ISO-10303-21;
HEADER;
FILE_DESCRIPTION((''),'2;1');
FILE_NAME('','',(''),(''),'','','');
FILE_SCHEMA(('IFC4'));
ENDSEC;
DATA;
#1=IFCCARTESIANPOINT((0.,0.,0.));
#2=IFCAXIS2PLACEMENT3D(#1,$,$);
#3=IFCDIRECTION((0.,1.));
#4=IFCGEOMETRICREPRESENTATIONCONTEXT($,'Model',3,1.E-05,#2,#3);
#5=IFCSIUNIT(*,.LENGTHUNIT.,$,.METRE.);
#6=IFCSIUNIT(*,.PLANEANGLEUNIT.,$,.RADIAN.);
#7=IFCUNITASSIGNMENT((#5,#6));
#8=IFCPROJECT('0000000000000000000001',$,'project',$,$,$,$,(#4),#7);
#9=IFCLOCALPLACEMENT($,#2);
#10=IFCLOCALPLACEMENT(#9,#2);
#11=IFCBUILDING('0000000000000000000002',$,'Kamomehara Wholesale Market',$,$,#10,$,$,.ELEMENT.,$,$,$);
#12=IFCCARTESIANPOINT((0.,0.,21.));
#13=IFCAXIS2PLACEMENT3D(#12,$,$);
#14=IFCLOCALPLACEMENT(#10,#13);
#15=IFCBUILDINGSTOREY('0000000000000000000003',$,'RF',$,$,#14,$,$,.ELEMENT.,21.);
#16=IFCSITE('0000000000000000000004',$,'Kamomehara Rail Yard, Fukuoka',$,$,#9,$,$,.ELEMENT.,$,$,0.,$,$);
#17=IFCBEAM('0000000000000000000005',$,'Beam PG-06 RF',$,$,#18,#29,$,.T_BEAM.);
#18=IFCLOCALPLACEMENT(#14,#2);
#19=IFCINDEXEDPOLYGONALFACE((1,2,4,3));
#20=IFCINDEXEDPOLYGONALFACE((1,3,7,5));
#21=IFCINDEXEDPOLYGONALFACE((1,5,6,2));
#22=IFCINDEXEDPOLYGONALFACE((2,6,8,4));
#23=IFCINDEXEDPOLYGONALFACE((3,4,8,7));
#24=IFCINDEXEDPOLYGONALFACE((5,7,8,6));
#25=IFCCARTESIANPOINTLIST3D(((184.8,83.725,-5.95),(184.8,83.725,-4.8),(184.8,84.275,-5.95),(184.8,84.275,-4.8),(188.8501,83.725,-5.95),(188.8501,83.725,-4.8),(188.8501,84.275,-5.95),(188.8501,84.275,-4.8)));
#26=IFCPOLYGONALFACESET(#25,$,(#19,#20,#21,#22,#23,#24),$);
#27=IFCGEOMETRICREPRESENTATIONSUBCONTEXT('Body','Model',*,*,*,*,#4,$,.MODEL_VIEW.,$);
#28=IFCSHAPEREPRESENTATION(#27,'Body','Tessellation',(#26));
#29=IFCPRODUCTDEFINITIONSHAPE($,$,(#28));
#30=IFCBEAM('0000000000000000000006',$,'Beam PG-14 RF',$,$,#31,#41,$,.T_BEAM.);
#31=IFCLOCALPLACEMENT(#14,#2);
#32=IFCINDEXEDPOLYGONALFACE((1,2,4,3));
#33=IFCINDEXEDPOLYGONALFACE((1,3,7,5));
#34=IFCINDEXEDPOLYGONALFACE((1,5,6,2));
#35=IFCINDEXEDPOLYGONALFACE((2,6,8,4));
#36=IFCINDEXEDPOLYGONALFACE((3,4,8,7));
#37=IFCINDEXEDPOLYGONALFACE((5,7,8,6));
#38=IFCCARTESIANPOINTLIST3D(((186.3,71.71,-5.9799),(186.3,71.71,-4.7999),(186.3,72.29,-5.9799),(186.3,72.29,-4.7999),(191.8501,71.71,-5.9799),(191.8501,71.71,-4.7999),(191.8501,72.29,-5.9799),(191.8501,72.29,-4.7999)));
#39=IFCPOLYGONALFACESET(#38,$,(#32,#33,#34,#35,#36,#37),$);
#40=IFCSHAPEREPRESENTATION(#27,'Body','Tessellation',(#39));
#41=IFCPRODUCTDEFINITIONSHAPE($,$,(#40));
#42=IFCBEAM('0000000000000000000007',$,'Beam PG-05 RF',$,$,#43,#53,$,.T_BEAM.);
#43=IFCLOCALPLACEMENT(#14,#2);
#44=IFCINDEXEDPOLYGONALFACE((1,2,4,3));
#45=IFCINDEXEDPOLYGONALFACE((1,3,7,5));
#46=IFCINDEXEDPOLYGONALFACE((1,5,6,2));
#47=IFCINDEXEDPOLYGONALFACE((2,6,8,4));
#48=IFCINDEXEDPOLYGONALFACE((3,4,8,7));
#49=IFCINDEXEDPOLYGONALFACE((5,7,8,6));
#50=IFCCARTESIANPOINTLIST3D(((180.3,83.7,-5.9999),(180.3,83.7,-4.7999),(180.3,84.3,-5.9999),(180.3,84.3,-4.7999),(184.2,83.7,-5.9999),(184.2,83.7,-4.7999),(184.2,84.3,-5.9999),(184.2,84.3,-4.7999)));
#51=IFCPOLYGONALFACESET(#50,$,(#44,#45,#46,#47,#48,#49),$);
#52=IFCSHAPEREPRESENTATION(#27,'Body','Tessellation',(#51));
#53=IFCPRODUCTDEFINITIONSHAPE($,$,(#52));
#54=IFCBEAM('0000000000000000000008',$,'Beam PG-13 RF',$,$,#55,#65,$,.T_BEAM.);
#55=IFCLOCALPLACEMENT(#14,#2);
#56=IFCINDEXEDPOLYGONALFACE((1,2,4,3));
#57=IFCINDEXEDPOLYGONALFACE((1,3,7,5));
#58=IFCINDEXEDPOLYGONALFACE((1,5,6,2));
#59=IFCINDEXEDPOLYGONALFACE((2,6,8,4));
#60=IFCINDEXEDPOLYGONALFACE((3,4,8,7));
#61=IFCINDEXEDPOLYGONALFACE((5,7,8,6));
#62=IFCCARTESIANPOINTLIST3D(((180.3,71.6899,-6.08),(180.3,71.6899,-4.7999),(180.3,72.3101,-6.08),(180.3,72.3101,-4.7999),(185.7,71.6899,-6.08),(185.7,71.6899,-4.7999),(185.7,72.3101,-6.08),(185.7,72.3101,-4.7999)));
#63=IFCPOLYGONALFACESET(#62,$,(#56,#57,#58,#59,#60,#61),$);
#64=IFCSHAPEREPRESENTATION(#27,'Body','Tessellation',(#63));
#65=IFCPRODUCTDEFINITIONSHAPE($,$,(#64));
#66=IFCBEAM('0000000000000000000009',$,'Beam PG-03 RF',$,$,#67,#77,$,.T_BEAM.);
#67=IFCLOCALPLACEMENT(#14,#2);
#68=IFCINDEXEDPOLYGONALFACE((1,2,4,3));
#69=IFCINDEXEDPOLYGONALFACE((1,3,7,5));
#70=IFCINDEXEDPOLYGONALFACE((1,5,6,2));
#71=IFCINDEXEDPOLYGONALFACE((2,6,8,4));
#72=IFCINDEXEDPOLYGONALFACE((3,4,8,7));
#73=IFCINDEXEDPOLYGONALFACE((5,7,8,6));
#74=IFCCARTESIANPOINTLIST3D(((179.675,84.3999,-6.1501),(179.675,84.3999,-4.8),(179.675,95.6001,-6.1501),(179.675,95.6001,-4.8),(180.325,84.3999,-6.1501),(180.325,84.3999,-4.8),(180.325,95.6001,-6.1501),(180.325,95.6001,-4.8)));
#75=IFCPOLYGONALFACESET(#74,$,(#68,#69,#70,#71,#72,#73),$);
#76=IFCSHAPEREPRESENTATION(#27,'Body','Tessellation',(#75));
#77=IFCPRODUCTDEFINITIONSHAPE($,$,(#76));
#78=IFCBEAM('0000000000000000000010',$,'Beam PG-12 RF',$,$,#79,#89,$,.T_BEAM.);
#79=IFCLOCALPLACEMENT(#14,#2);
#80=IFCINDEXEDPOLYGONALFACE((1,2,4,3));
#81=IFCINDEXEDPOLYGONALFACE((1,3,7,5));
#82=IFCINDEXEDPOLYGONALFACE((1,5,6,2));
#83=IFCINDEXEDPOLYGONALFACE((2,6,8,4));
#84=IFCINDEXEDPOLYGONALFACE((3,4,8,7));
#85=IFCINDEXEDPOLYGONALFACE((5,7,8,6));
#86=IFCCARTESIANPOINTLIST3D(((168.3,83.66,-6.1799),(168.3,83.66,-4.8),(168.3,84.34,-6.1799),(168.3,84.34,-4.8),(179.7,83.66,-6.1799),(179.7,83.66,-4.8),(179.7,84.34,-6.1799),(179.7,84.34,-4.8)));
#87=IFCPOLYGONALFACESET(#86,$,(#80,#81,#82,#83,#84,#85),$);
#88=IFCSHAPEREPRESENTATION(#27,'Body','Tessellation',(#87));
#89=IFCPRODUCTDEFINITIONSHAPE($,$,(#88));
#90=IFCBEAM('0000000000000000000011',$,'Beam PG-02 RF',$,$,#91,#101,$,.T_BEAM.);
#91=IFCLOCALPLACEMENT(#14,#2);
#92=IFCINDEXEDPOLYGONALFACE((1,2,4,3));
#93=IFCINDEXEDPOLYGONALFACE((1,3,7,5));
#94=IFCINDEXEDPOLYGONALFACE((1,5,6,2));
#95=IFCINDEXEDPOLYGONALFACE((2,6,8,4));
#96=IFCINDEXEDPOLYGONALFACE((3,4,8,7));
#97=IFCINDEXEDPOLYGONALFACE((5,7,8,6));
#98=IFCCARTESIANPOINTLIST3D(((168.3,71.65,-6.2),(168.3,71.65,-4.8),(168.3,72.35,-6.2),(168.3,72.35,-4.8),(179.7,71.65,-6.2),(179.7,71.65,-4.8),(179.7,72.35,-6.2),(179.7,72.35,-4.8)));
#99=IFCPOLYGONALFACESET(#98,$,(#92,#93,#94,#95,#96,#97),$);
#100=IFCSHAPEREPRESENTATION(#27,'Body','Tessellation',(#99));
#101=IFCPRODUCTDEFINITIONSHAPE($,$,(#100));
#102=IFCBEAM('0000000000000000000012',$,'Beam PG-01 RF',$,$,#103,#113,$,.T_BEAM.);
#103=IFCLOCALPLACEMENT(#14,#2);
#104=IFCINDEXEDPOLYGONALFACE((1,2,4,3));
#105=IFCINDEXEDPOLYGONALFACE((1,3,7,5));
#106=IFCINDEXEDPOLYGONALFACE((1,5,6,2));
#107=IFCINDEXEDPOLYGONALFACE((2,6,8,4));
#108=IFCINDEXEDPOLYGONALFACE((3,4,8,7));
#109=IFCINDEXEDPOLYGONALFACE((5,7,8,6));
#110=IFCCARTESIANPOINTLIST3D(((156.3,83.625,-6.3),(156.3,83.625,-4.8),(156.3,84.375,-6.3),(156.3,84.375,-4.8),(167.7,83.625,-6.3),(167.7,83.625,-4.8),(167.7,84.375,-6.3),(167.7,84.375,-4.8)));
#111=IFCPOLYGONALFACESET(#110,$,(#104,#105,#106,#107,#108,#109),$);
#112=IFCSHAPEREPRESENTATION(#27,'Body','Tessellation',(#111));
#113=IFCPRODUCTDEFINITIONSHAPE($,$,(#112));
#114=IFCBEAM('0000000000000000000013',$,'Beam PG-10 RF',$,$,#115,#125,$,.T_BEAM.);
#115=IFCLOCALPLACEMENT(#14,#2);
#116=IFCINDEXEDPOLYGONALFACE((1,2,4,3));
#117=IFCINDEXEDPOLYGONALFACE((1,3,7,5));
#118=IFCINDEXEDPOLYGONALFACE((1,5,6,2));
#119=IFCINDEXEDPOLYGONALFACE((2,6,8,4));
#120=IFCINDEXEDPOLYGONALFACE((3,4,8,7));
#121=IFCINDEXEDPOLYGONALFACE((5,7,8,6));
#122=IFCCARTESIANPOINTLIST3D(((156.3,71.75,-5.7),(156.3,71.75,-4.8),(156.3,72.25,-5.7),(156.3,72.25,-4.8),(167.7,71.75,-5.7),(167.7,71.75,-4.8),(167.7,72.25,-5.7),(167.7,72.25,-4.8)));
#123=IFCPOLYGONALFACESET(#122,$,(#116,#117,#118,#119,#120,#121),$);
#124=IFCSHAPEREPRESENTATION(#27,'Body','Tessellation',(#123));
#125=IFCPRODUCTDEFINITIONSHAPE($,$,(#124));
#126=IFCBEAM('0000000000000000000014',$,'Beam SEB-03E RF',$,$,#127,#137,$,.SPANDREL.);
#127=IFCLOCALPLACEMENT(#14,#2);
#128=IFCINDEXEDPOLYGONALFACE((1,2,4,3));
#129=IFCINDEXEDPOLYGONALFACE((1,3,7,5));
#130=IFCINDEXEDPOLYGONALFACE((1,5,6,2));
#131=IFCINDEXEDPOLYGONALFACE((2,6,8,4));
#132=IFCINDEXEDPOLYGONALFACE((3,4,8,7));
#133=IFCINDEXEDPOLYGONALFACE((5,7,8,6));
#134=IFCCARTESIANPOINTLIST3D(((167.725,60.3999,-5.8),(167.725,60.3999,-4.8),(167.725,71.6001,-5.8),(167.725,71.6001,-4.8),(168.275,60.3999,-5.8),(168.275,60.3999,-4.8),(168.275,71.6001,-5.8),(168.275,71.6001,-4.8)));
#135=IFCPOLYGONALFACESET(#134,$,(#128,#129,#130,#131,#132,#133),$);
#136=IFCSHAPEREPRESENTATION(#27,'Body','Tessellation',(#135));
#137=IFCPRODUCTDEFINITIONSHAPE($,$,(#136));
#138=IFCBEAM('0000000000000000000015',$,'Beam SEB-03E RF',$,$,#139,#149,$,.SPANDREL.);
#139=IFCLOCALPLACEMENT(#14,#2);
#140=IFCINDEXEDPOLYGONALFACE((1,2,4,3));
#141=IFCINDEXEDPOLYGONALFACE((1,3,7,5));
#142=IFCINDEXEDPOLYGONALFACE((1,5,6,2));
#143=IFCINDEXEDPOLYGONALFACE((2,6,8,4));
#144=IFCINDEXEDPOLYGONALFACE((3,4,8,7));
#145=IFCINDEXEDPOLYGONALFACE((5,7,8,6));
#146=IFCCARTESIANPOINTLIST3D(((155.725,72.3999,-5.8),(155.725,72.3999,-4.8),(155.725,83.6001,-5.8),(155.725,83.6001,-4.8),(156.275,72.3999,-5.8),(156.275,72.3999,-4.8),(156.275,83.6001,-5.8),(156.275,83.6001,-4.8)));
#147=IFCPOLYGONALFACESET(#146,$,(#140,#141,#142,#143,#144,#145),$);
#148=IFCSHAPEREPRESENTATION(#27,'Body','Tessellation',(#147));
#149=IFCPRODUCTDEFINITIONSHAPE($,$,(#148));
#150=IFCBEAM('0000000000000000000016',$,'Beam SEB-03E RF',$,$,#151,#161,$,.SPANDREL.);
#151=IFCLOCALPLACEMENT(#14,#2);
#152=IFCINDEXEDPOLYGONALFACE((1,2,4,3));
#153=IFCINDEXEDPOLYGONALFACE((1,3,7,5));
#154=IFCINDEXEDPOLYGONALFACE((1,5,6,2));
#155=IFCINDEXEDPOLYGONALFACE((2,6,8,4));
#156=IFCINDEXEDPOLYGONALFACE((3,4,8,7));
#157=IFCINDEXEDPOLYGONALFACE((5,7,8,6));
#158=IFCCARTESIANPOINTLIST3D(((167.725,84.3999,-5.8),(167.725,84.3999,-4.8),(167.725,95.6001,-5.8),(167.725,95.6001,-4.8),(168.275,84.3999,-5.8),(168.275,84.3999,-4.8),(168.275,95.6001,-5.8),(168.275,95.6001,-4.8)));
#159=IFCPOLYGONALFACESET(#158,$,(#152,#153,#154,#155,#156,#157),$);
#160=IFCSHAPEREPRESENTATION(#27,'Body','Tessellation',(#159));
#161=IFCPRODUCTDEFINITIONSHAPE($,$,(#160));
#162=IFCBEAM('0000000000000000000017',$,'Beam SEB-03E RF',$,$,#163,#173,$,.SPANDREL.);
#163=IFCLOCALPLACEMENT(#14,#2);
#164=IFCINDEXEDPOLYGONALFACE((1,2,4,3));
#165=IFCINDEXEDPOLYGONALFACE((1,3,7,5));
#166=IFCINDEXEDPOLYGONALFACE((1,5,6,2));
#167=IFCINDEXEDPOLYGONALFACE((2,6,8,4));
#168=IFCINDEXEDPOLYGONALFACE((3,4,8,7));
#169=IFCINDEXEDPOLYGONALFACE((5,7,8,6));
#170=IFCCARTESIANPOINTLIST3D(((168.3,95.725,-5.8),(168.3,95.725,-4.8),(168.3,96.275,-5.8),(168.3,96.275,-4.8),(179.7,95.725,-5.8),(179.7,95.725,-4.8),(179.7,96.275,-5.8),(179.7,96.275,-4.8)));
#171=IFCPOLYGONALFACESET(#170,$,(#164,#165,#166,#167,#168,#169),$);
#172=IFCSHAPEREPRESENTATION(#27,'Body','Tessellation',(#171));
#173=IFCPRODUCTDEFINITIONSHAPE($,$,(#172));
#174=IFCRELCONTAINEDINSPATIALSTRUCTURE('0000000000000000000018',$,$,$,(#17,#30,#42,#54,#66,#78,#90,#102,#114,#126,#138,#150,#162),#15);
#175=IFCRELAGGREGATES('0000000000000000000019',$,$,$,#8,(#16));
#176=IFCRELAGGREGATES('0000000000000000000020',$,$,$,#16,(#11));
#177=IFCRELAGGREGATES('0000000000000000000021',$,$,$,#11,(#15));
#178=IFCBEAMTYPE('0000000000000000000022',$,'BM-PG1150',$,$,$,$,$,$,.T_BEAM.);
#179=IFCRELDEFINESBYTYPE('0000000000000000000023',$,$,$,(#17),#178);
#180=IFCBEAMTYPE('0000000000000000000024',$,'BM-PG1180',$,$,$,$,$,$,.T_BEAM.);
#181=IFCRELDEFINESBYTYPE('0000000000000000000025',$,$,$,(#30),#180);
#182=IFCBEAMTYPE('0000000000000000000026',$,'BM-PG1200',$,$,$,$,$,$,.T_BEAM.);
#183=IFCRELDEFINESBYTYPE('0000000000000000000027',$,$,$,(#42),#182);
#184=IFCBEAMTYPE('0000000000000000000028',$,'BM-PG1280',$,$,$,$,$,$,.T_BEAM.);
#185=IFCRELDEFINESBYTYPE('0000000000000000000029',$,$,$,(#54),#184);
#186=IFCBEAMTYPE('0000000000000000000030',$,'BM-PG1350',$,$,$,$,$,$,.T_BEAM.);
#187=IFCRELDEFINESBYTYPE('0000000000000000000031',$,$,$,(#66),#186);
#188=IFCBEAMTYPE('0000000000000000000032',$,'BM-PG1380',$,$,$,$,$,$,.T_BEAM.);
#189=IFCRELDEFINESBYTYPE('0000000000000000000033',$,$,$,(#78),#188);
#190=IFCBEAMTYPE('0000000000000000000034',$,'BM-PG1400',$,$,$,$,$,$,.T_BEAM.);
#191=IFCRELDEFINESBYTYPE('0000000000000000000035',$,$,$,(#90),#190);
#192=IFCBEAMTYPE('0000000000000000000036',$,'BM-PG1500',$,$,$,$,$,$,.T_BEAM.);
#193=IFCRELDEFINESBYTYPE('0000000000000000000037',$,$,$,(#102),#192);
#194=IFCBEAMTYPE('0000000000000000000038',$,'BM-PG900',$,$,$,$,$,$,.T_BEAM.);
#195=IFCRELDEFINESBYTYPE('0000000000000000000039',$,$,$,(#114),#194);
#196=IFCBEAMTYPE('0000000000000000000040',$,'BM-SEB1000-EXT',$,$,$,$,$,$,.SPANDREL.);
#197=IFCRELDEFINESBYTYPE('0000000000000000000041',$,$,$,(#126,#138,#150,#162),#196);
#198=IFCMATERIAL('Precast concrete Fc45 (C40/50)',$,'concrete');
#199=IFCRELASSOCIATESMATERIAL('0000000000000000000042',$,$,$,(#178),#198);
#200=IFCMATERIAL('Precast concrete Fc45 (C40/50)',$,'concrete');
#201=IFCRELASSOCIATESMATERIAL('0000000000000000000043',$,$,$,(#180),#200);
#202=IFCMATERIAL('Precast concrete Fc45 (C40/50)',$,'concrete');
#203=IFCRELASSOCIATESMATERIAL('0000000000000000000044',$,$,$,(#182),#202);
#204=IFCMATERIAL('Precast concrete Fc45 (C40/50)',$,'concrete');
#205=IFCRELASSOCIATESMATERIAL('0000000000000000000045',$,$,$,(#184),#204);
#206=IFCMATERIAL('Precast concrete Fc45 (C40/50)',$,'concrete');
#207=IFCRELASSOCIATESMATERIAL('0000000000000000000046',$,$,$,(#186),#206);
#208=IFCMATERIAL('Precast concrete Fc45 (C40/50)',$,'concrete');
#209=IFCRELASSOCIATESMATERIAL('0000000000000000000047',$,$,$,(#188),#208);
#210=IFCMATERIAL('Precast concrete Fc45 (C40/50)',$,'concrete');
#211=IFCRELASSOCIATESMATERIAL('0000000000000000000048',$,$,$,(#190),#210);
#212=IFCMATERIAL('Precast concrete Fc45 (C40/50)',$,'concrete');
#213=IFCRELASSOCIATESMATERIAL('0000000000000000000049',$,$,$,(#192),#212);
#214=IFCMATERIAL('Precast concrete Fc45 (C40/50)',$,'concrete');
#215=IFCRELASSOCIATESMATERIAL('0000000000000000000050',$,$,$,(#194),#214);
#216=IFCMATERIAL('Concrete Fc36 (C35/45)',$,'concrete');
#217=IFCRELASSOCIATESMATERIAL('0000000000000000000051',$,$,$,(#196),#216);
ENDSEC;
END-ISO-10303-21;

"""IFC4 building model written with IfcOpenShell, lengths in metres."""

from ifc_helpers import new_model, si_unit, direction, frame, origin, origin_2d, place, context, subcontext, project, spatial, rectangle, extrude, material, material_profile, profile_set, type_object, element, save


model = new_model("IFC4")

# Units and contexts
model_context = context("Model", 3, precision=1e-05, world=origin(), true_north=direction((0.0, 1.0)))
body_context = subcontext(model_context, "Body", "Model", "MODEL_VIEW")
ifc_project = project(units=[si_unit("LENGTHUNIT", "METRE"), si_unit("PLANEANGLEUNIT", "RADIAN")], contexts=[model_context])

# Site, building, storey
site_placement = place(None, origin())
site = spatial("IfcSite", under=ifc_project, at=site_placement, Name="Kamomehara Rail Yard, Fukuoka", CompositionType="ELEMENT", RefElevation=0.0)
building_placement = place(site_placement, origin())
building = spatial("IfcBuilding", under=site, at=building_placement, Name="Kamomehara Wholesale Market", CompositionType="ELEMENT")
storey_placement = place(building_placement, frame((0.0, 0.0, 21.0)))
storey = spatial("IfcBuildingStorey", under=building, at=storey_placement, Name="RF", CompositionType="ELEMENT", Elevation=21.0)

# Beams
ifc_material_1 = material(Name="Precast concrete Fc45 (C40/50)", Category="concrete")
ifc_material_profile_1 = material_profile(ifc_material_1, rectangle(XDim=0.55, YDim=1.1499, at=origin_2d()), Name="PC-GRD-550x1150")
ifc_profile_set_1 = profile_set([ifc_material_profile_1], Name="Precast concrete Fc45 (C40/50)")
beam_type_1 = type_object("IfcBeamType", Name="BM-PG1150", PredefinedType="T_BEAM", material=ifc_profile_set_1)
beam_1_placement = place(storey_placement, frame((184.8, 84.0, -5.375), z_axis=(1.0, 0.0, 0.0), x_axis=(0.0, 1.0, 0.0)))
element("IfcBeam", 1, at=beam_1_placement, inside=storey, type_object=beam_type_1, Name="Beam PG-06 RF", PredefinedType="T_BEAM", context=body_context, shape_type="SweptSolid", body=[
    extrude(rectangle(XDim=0.55, YDim=1.1499, at=origin_2d()), origin(), (0.0, 0.0, 1.0), 4.05),
])
ifc_material_2 = material(Name="Precast concrete Fc45 (C40/50)", Category="concrete")
ifc_material_profile_2 = material_profile(ifc_material_2, rectangle(XDim=0.5801, YDim=1.1799, at=origin_2d()), Name="PC-GRD-580x1180")
ifc_profile_set_2 = profile_set([ifc_material_profile_2], Name="Precast concrete Fc45 (C40/50)")
beam_type_2 = type_object("IfcBeamType", Name="BM-PG1180", PredefinedType="T_BEAM", material=ifc_profile_set_2)
beam_2_placement = place(storey_placement, frame((186.3, 72.0, -5.3899), z_axis=(1.0, 0.0, 0.0), x_axis=(0.0, 1.0, 0.0)))
element("IfcBeam", 2, at=beam_2_placement, inside=storey, type_object=beam_type_2, Name="Beam PG-14 RF", PredefinedType="T_BEAM", context=body_context, shape_type="SweptSolid", body=[
    extrude(rectangle(XDim=0.5801, YDim=1.1799, at=origin_2d()), origin(), (0.0, 0.0, 1.0), 5.55),
])
ifc_material_3 = material(Name="Precast concrete Fc45 (C40/50)", Category="concrete")
ifc_material_profile_3 = material_profile(ifc_material_3, rectangle(XDim=0.6001, YDim=1.2, at=origin_2d()), Name="PC-GRD-600x1200")
ifc_profile_set_3 = profile_set([ifc_material_profile_3], Name="Precast concrete Fc45 (C40/50)")
beam_type_3 = type_object("IfcBeamType", Name="BM-PG1200", PredefinedType="T_BEAM", material=ifc_profile_set_3)
beam_3_placement = place(storey_placement, frame((180.3, 84.0, -5.3999), z_axis=(1.0, 0.0, 0.0), x_axis=(0.0, 1.0, 0.0)))
element("IfcBeam", 3, at=beam_3_placement, inside=storey, type_object=beam_type_3, Name="Beam PG-05 RF", PredefinedType="T_BEAM", context=body_context, shape_type="SweptSolid", body=[
    extrude(rectangle(XDim=0.6001, YDim=1.2, at=origin_2d()), origin(), (0.0, 0.0, 1.0), 3.8999),
])
ifc_material_4 = material(Name="Precast concrete Fc45 (C40/50)", Category="concrete")
ifc_material_profile_4 = material_profile(ifc_material_4, rectangle(XDim=0.6201, YDim=1.28, at=origin_2d()), Name="PC-GRD-620x1280")
ifc_profile_set_4 = profile_set([ifc_material_profile_4], Name="Precast concrete Fc45 (C40/50)")
beam_type_4 = type_object("IfcBeamType", Name="BM-PG1280", PredefinedType="T_BEAM", material=ifc_profile_set_4)
beam_4_placement = place(storey_placement, frame((180.3, 72.0, -5.4399), z_axis=(1.0, 0.0, 0.0), x_axis=(0.0, 1.0, 0.0)))
element("IfcBeam", 4, at=beam_4_placement, inside=storey, type_object=beam_type_4, Name="Beam PG-13 RF", PredefinedType="T_BEAM", context=body_context, shape_type="SweptSolid", body=[
    extrude(rectangle(XDim=0.6201, YDim=1.28, at=origin_2d()), origin(), (0.0, 0.0, 1.0), 5.3999),
])
ifc_material_5 = material(Name="Precast concrete Fc45 (C40/50)", Category="concrete")
ifc_material_profile_5 = material_profile(ifc_material_5, rectangle(XDim=0.6499, YDim=1.3501, at=origin_2d()), Name="PC-GRD-650x1350")
ifc_profile_set_5 = profile_set([ifc_material_profile_5], Name="Precast concrete Fc45 (C40/50)")
beam_type_5 = type_object("IfcBeamType", Name="BM-PG1350", PredefinedType="T_BEAM", material=ifc_profile_set_5)
beam_5_placement = place(storey_placement, frame((180.0, 84.3999, -5.4751), z_axis=(0.0, 1.0, 0.0), x_axis=(-1.0, 0.0, 0.0)))
element("IfcBeam", 5, at=beam_5_placement, inside=storey, type_object=beam_type_5, Name="Beam PG-03 RF", PredefinedType="T_BEAM", context=body_context, shape_type="SweptSolid", body=[
    extrude(rectangle(XDim=0.6499, YDim=1.3501, at=origin_2d()), origin(), (0.0, 0.0, 1.0), 11.2002),
])
ifc_material_6 = material(Name="Precast concrete Fc45 (C40/50)", Category="concrete")
ifc_material_profile_6 = material_profile(ifc_material_6, rectangle(XDim=0.6799, YDim=1.3799, at=origin_2d()), Name="PC-GRD-680x1380")
ifc_profile_set_6 = profile_set([ifc_material_profile_6], Name="Precast concrete Fc45 (C40/50)")
beam_type_6 = type_object("IfcBeamType", Name="BM-PG1380", PredefinedType="T_BEAM", material=ifc_profile_set_6)
beam_6_placement = place(storey_placement, frame((168.3, 84.0, -5.49), z_axis=(1.0, 0.0, 0.0), x_axis=(0.0, 1.0, 0.0)))
element("IfcBeam", 6, at=beam_6_placement, inside=storey, type_object=beam_type_6, Name="Beam PG-12 RF", PredefinedType="T_BEAM", context=body_context, shape_type="SweptSolid", body=[
    extrude(rectangle(XDim=0.6799, YDim=1.3799, at=origin_2d()), origin(), (0.0, 0.0, 1.0), 11.3999),
])
ifc_material_7 = material(Name="Precast concrete Fc45 (C40/50)", Category="concrete")
ifc_material_profile_7 = material_profile(ifc_material_7, rectangle(XDim=0.7, YDim=1.3999, at=origin_2d()), Name="PC-GRD-700x1400")
ifc_profile_set_7 = profile_set([ifc_material_profile_7], Name="Precast concrete Fc45 (C40/50)")
beam_type_7 = type_object("IfcBeamType", Name="BM-PG1400", PredefinedType="T_BEAM", material=ifc_profile_set_7)
beam_7_placement = place(storey_placement, frame((168.3, 72.0, -5.5), z_axis=(1.0, 0.0, 0.0), x_axis=(0.0, 1.0, 0.0)))
element("IfcBeam", 7, at=beam_7_placement, inside=storey, type_object=beam_type_7, Name="Beam PG-02 RF", PredefinedType="T_BEAM", context=body_context, shape_type="SweptSolid", body=[
    extrude(rectangle(XDim=0.7, YDim=1.3999, at=origin_2d()), origin(), (0.0, 0.0, 1.0), 11.3999),
])
ifc_material_8 = material(Name="Precast concrete Fc45 (C40/50)", Category="concrete")
ifc_material_profile_8 = material_profile(ifc_material_8, rectangle(XDim=0.75, YDim=1.5, at=origin_2d()), Name="PC-GRD-750x1500")
ifc_profile_set_8 = profile_set([ifc_material_profile_8], Name="Precast concrete Fc45 (C40/50)")
beam_type_8 = type_object("IfcBeamType", Name="BM-PG1500", PredefinedType="T_BEAM", material=ifc_profile_set_8)
beam_8_placement = place(storey_placement, frame((156.3, 84.0, -5.55), z_axis=(1.0, 0.0, 0.0), x_axis=(0.0, 1.0, 0.0)))
element("IfcBeam", 8, at=beam_8_placement, inside=storey, type_object=beam_type_8, Name="Beam PG-01 RF", PredefinedType="T_BEAM", context=body_context, shape_type="SweptSolid", body=[
    extrude(rectangle(XDim=0.75, YDim=1.5, at=origin_2d()), origin(), (0.0, 0.0, 1.0), 11.3999),
])
ifc_material_9 = material(Name="Precast concrete Fc45 (C40/50)", Category="concrete")
ifc_material_profile_9 = material_profile(ifc_material_9, rectangle(XDim=0.5, YDim=0.8999, at=origin_2d()), Name="PC-GRD-500x900")
ifc_profile_set_9 = profile_set([ifc_material_profile_9], Name="Precast concrete Fc45 (C40/50)")
beam_type_9 = type_object("IfcBeamType", Name="BM-PG900", PredefinedType="T_BEAM", material=ifc_profile_set_9)
beam_9_placement = place(storey_placement, frame((156.3, 72.0, -5.25), z_axis=(1.0, 0.0, 0.0), x_axis=(0.0, 1.0, 0.0)))
element("IfcBeam", 9, at=beam_9_placement, inside=storey, type_object=beam_type_9, Name="Beam PG-10 RF", PredefinedType="T_BEAM", context=body_context, shape_type="SweptSolid", body=[
    extrude(rectangle(XDim=0.5, YDim=0.8999, at=origin_2d()), origin(), (0.0, 0.0, 1.0), 11.3999),
])
ifc_material_10 = material(Name="Concrete Fc36 (C35/45)", Category="concrete")
ifc_material_profile_10 = material_profile(ifc_material_10, rectangle(XDim=0.55, YDim=1.0, at=origin_2d()), Name="RC-SEB-550x1000")
ifc_profile_set_10 = profile_set([ifc_material_profile_10], Name="Concrete Fc36 (C35/45)")
beam_type_10 = type_object("IfcBeamType", Name="BM-SEB1000-EXT", PredefinedType="SPANDREL", material=ifc_profile_set_10)
for number, where, z_axis, x_axis, name in (
    (10, (168.0, 60.3999, -5.3), (0.0, 1.0, 0.0), (-1.0, 0.0, 0.0), "Beam SEB-03E RF"),
    (11, (156.0, 72.3999, -5.3), (0.0, 1.0, 0.0), (-1.0, 0.0, 0.0), "Beam SEB-03E RF"),
    (12, (168.0, 84.3999, -5.3), (0.0, 1.0, 0.0), (-1.0, 0.0, 0.0), "Beam SEB-03E RF"),
):
    element("IfcBeam", number, at=place(storey_placement, frame(where, z_axis=z_axis, x_axis=x_axis)), inside=storey, type_object=beam_type_10, Name=name, PredefinedType="SPANDREL", context=body_context, shape_type="SweptSolid", body=[
        extrude(rectangle(XDim=0.55, YDim=1.0, at=origin_2d()), origin(), (0.0, 0.0, 1.0), 11.2002),
    ])
beam_10_placement = place(storey_placement, frame((168.3, 96.0, -5.3), z_axis=(1.0, 0.0, 0.0), x_axis=(0.0, 1.0, 0.0)))
element("IfcBeam", 13, at=beam_10_placement, inside=storey, type_object=beam_type_10, Name="Beam SEB-03E RF", PredefinedType="SPANDREL", context=body_context, shape_type="SweptSolid", body=[
    extrude(rectangle(XDim=0.55, YDim=1.0, at=origin_2d()), origin(), (0.0, 0.0, 1.0), 11.3999),
])

save(model, "model.ifc")
